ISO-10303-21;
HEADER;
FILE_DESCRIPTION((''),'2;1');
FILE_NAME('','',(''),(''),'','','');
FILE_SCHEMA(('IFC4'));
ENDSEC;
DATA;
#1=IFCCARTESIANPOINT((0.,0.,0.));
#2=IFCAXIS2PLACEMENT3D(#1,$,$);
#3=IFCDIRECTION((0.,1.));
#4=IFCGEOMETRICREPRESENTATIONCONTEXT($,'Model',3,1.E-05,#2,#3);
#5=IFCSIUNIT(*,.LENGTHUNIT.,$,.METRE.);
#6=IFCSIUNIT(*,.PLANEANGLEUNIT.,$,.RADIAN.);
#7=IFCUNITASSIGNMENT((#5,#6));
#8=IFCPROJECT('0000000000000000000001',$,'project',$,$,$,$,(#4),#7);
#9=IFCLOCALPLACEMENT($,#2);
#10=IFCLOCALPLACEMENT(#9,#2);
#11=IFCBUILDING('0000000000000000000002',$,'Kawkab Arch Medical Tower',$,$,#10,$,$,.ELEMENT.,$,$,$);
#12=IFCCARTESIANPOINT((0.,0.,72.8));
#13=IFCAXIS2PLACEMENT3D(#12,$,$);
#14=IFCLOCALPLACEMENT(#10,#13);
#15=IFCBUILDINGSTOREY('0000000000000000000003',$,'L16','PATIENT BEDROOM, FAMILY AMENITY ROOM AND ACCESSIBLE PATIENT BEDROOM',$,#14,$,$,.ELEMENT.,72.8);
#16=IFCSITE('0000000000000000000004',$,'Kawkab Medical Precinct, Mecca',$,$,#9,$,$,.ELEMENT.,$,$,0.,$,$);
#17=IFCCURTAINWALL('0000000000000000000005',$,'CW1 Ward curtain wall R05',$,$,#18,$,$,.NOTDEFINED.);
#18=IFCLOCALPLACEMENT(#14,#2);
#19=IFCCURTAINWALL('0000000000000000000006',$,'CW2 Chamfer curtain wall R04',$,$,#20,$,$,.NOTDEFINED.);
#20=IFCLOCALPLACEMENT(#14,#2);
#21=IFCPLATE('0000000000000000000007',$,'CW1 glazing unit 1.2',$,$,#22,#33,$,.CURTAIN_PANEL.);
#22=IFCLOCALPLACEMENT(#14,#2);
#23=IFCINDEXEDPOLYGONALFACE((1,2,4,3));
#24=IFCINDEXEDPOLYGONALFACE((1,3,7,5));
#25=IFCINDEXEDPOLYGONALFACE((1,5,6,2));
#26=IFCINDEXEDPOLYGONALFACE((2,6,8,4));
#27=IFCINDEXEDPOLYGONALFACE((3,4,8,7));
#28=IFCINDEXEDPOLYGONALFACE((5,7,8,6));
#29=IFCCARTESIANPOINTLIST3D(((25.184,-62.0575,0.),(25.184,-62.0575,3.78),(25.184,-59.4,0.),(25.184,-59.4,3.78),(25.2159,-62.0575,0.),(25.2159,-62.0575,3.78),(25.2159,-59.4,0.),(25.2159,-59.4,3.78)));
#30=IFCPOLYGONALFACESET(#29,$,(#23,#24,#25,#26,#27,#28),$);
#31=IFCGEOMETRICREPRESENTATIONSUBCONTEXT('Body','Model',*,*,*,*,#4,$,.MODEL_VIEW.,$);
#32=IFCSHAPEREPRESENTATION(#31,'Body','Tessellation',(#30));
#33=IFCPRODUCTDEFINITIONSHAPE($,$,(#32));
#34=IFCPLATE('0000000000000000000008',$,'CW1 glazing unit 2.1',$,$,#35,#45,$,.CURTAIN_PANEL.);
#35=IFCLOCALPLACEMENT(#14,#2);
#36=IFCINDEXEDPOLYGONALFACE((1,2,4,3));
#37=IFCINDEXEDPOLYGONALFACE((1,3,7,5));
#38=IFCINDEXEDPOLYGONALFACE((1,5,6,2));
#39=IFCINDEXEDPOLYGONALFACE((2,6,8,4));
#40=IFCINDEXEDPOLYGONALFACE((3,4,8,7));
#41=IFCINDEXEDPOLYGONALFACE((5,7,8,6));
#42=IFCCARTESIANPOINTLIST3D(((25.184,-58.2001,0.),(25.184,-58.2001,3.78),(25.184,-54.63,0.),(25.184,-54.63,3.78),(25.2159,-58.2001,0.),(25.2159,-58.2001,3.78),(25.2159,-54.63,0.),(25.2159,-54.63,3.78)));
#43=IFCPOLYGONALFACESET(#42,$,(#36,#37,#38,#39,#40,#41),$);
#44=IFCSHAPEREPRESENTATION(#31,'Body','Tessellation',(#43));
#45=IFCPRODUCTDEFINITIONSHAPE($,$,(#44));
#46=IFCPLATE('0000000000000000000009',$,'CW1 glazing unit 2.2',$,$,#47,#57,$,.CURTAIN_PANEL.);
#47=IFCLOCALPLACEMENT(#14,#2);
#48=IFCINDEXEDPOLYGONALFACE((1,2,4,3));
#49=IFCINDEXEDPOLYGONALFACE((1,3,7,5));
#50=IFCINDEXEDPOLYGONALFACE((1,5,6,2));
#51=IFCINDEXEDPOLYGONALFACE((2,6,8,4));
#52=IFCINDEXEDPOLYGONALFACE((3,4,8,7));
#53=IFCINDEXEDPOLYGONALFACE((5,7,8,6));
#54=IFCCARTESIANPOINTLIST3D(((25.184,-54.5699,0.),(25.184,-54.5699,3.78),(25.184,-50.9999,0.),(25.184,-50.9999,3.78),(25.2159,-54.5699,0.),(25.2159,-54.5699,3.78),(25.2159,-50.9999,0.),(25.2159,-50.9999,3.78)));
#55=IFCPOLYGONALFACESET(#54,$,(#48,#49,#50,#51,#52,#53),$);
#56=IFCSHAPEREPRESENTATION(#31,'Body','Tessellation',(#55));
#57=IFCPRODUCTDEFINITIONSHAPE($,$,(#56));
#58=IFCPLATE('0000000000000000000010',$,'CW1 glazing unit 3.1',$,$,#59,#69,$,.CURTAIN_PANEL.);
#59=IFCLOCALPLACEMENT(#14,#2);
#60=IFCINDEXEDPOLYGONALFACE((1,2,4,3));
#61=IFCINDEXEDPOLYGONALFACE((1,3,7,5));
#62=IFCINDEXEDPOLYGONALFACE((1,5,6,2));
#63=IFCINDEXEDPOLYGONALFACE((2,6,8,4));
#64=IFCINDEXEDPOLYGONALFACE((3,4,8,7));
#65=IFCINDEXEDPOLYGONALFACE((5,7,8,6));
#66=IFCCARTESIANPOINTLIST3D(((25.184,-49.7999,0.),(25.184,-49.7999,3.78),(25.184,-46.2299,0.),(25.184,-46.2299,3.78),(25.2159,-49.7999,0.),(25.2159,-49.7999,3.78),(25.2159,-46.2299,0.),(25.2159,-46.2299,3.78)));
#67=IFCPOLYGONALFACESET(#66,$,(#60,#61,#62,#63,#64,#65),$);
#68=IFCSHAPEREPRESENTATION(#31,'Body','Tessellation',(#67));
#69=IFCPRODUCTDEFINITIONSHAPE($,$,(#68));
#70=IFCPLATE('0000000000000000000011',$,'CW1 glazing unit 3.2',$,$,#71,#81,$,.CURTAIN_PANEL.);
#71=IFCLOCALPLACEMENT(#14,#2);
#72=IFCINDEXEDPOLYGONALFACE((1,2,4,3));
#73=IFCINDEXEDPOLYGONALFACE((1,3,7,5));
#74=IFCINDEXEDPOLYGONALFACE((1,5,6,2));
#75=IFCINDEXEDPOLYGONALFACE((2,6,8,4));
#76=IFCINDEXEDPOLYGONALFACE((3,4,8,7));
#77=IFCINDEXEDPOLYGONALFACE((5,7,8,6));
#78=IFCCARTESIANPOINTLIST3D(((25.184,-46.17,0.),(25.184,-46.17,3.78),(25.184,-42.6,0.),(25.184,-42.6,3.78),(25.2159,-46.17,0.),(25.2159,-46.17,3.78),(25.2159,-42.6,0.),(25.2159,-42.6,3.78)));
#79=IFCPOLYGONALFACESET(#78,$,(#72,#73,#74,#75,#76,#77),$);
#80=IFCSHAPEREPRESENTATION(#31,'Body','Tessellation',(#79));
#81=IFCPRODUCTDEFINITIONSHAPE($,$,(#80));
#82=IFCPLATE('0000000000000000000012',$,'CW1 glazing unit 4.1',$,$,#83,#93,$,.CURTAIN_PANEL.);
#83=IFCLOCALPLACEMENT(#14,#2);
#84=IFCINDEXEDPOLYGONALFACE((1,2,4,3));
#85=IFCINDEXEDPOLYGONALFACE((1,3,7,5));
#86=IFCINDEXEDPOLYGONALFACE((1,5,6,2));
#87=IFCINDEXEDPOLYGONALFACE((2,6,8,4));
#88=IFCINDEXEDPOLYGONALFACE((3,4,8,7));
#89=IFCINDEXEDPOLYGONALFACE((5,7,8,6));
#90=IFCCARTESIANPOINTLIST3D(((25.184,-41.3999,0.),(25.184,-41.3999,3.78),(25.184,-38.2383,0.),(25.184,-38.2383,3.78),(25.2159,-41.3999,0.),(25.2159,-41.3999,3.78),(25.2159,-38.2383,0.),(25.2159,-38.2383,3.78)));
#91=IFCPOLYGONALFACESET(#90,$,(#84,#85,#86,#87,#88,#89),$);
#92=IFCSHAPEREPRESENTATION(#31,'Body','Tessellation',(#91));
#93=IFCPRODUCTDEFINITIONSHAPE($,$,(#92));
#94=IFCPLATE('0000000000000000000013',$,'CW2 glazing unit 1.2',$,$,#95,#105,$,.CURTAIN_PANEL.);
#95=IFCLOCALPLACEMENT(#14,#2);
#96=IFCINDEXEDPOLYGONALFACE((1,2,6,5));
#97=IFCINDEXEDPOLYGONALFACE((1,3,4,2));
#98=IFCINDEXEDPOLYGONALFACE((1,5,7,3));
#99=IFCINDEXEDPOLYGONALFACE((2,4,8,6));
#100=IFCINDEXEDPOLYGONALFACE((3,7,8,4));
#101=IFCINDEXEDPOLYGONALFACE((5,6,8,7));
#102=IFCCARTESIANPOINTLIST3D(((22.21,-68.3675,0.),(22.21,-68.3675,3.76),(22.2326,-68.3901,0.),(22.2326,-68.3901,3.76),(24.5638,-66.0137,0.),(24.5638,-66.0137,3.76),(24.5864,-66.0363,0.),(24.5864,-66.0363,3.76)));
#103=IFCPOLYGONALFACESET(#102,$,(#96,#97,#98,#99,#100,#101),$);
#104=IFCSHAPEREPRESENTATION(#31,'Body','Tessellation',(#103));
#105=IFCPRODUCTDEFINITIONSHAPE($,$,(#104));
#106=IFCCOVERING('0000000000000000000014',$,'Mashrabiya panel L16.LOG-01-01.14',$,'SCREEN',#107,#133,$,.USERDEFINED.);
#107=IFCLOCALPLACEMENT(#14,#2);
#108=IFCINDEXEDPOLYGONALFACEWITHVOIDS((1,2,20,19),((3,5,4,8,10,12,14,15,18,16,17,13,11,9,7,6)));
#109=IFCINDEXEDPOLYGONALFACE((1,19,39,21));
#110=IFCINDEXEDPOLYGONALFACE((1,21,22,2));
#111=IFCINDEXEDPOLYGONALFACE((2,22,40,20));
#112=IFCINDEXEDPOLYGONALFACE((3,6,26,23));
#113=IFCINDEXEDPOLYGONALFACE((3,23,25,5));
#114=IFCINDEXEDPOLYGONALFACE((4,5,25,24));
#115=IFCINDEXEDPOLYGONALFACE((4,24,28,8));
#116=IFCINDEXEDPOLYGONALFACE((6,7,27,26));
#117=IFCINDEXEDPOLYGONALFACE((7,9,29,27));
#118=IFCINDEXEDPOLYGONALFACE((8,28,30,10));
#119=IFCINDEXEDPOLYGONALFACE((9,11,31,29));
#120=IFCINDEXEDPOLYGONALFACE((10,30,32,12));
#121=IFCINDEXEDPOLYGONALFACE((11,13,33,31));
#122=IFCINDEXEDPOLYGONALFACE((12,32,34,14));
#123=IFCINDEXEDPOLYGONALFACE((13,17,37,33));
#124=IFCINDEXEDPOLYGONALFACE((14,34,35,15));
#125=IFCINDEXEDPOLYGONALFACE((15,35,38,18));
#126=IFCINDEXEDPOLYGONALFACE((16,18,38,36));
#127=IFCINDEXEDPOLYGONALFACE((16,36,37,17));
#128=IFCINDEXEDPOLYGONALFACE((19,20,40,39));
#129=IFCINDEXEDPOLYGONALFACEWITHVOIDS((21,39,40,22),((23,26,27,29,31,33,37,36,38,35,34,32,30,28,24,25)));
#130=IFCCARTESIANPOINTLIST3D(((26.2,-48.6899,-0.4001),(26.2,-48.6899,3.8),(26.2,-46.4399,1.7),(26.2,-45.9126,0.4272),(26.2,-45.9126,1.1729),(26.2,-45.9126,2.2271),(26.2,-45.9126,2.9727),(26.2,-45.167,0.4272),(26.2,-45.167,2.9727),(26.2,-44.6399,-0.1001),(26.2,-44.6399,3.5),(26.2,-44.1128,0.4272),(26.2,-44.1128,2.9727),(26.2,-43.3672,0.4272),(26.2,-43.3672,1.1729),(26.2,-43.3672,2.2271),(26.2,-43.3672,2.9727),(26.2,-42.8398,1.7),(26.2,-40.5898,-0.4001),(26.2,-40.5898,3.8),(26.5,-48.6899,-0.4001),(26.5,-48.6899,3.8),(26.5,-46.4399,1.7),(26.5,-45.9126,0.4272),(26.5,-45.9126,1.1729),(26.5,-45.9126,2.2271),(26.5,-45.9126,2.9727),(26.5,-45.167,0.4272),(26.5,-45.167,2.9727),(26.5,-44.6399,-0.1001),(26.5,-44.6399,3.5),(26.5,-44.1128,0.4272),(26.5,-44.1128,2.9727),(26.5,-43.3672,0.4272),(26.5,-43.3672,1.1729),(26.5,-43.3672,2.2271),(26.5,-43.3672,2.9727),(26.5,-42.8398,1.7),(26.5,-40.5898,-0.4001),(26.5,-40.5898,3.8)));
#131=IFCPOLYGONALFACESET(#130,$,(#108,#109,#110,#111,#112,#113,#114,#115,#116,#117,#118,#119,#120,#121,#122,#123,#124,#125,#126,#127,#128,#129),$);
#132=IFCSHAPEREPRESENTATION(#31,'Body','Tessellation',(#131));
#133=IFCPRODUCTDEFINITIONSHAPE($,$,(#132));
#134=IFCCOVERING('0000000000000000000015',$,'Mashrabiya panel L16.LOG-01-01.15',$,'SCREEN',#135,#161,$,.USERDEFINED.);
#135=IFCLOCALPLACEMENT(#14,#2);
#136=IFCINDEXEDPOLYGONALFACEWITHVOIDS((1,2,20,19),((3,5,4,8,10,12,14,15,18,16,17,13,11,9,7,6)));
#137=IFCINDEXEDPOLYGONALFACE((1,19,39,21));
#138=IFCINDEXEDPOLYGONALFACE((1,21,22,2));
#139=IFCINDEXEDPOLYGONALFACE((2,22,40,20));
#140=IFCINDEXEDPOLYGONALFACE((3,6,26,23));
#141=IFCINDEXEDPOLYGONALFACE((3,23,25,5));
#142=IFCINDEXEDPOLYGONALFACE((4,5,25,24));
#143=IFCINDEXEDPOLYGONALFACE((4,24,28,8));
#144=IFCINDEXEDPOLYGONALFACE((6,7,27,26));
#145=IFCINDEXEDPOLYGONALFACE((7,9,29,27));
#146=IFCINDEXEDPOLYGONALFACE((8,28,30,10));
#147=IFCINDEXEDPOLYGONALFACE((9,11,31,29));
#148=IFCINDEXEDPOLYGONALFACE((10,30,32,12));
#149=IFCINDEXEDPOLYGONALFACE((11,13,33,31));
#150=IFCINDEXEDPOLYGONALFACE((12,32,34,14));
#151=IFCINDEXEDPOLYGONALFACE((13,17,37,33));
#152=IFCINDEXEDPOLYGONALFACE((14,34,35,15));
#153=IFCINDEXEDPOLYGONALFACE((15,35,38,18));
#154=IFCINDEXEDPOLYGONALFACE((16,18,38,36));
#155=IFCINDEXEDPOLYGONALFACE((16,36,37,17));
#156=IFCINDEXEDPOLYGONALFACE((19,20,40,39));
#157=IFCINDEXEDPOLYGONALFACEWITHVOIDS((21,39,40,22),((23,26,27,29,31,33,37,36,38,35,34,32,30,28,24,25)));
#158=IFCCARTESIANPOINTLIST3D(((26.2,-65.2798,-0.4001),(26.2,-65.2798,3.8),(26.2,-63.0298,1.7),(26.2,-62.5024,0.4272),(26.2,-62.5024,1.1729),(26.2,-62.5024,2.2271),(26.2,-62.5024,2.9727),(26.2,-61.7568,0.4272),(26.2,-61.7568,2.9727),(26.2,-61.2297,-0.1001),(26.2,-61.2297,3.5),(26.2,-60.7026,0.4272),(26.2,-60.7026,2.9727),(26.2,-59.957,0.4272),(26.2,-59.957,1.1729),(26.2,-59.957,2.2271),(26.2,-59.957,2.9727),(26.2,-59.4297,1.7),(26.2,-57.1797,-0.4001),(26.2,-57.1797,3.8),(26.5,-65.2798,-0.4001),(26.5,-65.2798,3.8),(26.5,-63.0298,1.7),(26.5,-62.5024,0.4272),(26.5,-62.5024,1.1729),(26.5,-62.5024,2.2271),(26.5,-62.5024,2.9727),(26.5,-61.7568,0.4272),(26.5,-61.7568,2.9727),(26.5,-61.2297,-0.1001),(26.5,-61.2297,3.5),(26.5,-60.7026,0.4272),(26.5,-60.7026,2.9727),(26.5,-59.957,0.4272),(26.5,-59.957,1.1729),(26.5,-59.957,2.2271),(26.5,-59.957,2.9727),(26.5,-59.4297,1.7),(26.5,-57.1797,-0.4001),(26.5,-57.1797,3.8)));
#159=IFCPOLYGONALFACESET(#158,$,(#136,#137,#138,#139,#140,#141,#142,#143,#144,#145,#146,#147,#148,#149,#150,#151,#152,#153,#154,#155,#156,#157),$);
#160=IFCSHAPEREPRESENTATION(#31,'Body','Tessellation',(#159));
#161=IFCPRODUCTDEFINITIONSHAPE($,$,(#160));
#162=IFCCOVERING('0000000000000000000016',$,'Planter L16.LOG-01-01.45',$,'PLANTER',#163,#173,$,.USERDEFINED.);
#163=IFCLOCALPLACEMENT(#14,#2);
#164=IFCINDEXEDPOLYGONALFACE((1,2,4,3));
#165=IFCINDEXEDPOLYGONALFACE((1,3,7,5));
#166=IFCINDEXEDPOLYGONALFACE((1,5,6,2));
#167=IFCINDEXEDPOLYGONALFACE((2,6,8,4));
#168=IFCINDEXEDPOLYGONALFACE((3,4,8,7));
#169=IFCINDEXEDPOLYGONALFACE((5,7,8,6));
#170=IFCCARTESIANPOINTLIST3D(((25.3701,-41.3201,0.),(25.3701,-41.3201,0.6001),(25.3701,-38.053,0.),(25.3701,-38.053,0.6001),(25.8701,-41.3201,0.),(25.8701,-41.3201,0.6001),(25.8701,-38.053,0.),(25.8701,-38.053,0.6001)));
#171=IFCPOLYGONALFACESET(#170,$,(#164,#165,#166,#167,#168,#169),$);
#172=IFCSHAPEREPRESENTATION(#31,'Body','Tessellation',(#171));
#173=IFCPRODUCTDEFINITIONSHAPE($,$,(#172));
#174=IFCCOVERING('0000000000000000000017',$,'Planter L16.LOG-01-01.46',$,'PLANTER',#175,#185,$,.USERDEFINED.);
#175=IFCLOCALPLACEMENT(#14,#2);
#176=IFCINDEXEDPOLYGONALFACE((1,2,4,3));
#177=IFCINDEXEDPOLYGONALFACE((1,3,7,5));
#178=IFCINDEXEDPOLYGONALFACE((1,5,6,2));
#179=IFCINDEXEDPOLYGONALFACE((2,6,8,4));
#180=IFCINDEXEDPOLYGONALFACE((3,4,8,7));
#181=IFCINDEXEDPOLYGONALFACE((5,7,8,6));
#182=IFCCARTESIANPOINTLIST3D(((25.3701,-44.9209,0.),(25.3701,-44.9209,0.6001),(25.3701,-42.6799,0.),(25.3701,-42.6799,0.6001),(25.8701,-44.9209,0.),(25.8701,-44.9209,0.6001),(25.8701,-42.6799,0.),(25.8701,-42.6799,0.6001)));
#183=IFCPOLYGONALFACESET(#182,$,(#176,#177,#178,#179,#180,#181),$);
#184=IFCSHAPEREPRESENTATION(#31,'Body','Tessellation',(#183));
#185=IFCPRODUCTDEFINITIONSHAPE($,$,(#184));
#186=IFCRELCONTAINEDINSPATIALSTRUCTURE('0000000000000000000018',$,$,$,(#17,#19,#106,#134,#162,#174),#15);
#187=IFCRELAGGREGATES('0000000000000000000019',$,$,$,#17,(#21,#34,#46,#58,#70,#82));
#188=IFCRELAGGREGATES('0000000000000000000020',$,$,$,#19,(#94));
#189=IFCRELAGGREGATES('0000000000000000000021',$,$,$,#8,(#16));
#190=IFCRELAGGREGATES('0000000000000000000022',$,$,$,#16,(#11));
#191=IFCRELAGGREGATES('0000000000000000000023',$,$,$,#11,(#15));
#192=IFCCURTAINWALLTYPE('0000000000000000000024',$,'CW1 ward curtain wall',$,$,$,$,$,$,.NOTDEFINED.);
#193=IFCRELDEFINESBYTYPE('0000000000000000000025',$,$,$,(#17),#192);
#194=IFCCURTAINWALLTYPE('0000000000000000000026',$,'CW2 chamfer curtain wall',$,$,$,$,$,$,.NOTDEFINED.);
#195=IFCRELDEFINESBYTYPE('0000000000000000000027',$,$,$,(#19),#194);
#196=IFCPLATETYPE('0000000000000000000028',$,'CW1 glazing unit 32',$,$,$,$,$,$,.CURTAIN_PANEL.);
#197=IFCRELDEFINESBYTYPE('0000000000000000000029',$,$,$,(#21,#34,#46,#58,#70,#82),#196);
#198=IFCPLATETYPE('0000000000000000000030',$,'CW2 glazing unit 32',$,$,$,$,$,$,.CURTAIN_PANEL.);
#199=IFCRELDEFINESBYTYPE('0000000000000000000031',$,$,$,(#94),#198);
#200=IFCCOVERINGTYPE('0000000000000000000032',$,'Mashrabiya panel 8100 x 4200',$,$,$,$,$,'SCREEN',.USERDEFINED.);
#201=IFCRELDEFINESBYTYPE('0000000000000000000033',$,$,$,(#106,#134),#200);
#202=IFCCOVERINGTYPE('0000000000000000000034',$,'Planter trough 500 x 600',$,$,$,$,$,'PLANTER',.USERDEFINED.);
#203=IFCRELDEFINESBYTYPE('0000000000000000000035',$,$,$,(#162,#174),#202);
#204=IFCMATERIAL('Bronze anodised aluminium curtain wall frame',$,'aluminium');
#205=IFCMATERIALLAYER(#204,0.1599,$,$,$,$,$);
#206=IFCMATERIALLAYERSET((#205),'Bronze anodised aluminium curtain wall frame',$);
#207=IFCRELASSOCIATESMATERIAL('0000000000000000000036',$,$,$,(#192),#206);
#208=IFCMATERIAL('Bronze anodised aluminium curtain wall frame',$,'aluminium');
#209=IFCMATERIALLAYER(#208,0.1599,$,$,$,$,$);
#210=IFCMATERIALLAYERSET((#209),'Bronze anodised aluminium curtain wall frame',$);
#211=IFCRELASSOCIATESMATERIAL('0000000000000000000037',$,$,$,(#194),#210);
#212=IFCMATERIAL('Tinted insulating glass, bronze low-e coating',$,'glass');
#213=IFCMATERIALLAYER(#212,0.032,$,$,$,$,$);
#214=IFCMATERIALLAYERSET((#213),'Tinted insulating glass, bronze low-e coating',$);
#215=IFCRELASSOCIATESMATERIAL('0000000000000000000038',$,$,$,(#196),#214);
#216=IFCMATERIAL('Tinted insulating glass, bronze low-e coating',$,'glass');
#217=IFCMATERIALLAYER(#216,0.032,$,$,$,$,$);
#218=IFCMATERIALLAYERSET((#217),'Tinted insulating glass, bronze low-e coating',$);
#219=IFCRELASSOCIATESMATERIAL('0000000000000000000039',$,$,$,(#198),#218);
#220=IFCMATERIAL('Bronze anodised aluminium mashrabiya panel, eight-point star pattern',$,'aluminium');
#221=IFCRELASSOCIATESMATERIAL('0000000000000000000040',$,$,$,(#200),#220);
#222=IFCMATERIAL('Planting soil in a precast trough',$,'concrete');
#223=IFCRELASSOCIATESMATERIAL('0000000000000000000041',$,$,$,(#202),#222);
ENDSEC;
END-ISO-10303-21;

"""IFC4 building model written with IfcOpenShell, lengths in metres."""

from ifc_helpers import new_model, si_unit, direction, frame, origin, origin_2d, place, context, subcontext, project, spatial, polyline, rectangle, outline, extrude, material, layer, layer_set, material_profile, profile_set, type_object, element, aggregate, save


model = new_model("IFC4")

# Units and contexts
model_context = context("Model", 3, precision=1e-05, world=origin(), true_north=direction((0.0, 1.0)))
body_context = subcontext(model_context, "Body", "Model", "MODEL_VIEW")
ifc_project = project(units=[si_unit("LENGTHUNIT", "METRE"), si_unit("PLANEANGLEUNIT", "RADIAN")], contexts=[model_context])

# Site, building, storey
site_placement = place(None, origin())
site = spatial("IfcSite", under=ifc_project, at=site_placement, Name="Kawkab Medical Precinct, Mecca", CompositionType="ELEMENT", RefElevation=0.0)
building_placement = place(site_placement, origin())
building = spatial("IfcBuilding", under=site, at=building_placement, Name="Kawkab Arch Medical Tower", CompositionType="ELEMENT")
storey_placement = place(building_placement, frame((0.0, 0.0, 72.8)))
storey = spatial("IfcBuildingStorey", under=building, at=storey_placement, Name="L16", Description="PATIENT BEDROOM, FAMILY AMENITY ROOM AND ACCESSIBLE PATIENT BEDROOM", CompositionType="ELEMENT", Elevation=72.8)

# Curtain wall
ifc_material_1 = material(Name="Bronze anodised aluminium curtain wall frame", Category="aluminium")
ifc_layer_1 = layer(ifc_material_1, 0.1599)
ifc_layer_set_1 = layer_set([ifc_layer_1], Name="Bronze anodised aluminium curtain wall frame")
curtain_wall_type_1 = type_object("IfcCurtainWallType", Name="CW1 ward curtain wall", PredefinedType="NOTDEFINED", material=ifc_layer_set_1)
placement = place(storey_placement, origin())
curtain_wall_1 = element("IfcCurtainWall", 1, at=placement, inside=storey, type_object=curtain_wall_type_1, Name="CW1 Ward curtain wall R05", PredefinedType="NOTDEFINED")

# Curtain wall
ifc_material_2 = material(Name="Bronze anodised aluminium curtain wall frame", Category="aluminium")
ifc_layer_2 = layer(ifc_material_2, 0.1599)
ifc_layer_set_2 = layer_set([ifc_layer_2], Name="Bronze anodised aluminium curtain wall frame")
curtain_wall_type_2 = type_object("IfcCurtainWallType", Name="CW2 chamfer curtain wall", PredefinedType="NOTDEFINED", material=ifc_layer_set_2)
curtain_wall_2 = element("IfcCurtainWall", 2, at=placement, inside=storey, type_object=curtain_wall_type_2, Name="CW2 Chamfer curtain wall R04", PredefinedType="NOTDEFINED")

# Plates
ifc_material_3 = material(Name="Tinted insulating glass, bronze low-e coating", Category="glass")
ifc_layer_3 = layer(ifc_material_3, 0.032)
ifc_layer_set_3 = layer_set([ifc_layer_3], Name="Tinted insulating glass, bronze low-e coating")
plate_type_1 = type_object("IfcPlateType", Name="CW1 glazing unit 32", PredefinedType="CURTAIN_PANEL", material=ifc_layer_set_3)
plate_1_placement = place(storey_placement, frame((25.2, -60.7288, 0.0), z_axis=(0.0, 0.0, 1.0), x_axis=(0.0, 1.0, 0.0)))
plate_1 = element("IfcPlate", 3, at=plate_1_placement, type_object=plate_type_1, Name="CW1 glazing unit 1.2", PredefinedType="CURTAIN_PANEL", context=body_context, shape_type="SweptSolid", body=[
    extrude(rectangle(XDim=2.6575, YDim=0.032, at=origin_2d()), origin(), (0.0, 0.0, 1.0), 3.78),
])
plate_2_placement = place(storey_placement, frame((25.2, -56.415, 0.0), z_axis=(0.0, 0.0, 1.0), x_axis=(0.0, 1.0, 0.0)))
plate_2 = element("IfcPlate", 4, at=plate_2_placement, type_object=plate_type_1, Name="CW1 glazing unit 2.1", PredefinedType="CURTAIN_PANEL", context=body_context, shape_type="SweptSolid", body=[
    extrude(rectangle(XDim=3.5701, YDim=0.032, at=origin_2d()), origin(), (0.0, 0.0, 1.0), 3.78),
])
plate_3_placement = place(storey_placement, frame((25.2, -52.7849, 0.0), z_axis=(0.0, 0.0, 1.0), x_axis=(0.0, 1.0, 0.0)))
plate_3 = element("IfcPlate", 5, at=plate_3_placement, type_object=plate_type_1, Name="CW1 glazing unit 2.2", PredefinedType="CURTAIN_PANEL", context=body_context, shape_type="SweptSolid", body=[
    extrude(rectangle(XDim=3.5701, YDim=0.032, at=origin_2d()), origin(), (0.0, 0.0, 1.0), 3.78),
])
plate_4_placement = place(storey_placement, frame((25.2, -48.0149, 0.0), z_axis=(0.0, 0.0, 1.0), x_axis=(0.0, 1.0, 0.0)))
plate_4 = element("IfcPlate", 6, at=plate_4_placement, type_object=plate_type_1, Name="CW1 glazing unit 3.1", PredefinedType="CURTAIN_PANEL", context=body_context, shape_type="SweptSolid", body=[
    extrude(rectangle(XDim=3.5701, YDim=0.032, at=origin_2d()), origin(), (0.0, 0.0, 1.0), 3.78),
])
plate_5_placement = place(storey_placement, frame((25.2, -44.385, 0.0), z_axis=(0.0, 0.0, 1.0), x_axis=(0.0, 1.0, 0.0)))
plate_5 = element("IfcPlate", 7, at=plate_5_placement, type_object=plate_type_1, Name="CW1 glazing unit 3.2", PredefinedType="CURTAIN_PANEL", context=body_context, shape_type="SweptSolid", body=[
    extrude(rectangle(XDim=3.5701, YDim=0.032, at=origin_2d()), origin(), (0.0, 0.0, 1.0), 3.78),
])
plate_6_placement = place(storey_placement, frame((25.2, -39.8191, 0.0), z_axis=(0.0, 0.0, 1.0), x_axis=(0.0, 1.0, 0.0)))
plate_6 = element("IfcPlate", 8, at=plate_6_placement, type_object=plate_type_1, Name="CW1 glazing unit 4.1", PredefinedType="CURTAIN_PANEL", context=body_context, shape_type="SweptSolid", body=[
    extrude(rectangle(XDim=3.1616, YDim=0.032, at=origin_2d()), origin(), (0.0, 0.0, 1.0), 3.78),
])
aggregate(curtain_wall_1, [plate_1, plate_2, plate_3, plate_4, plate_5, plate_6])
ifc_material_4 = material(Name="Tinted insulating glass, bronze low-e coating", Category="glass")
ifc_layer_4 = layer(ifc_material_4, 0.032)
ifc_layer_set_4 = layer_set([ifc_layer_4], Name="Tinted insulating glass, bronze low-e coating")
plate_type_2 = type_object("IfcPlateType", Name="CW2 glazing unit 32", PredefinedType="CURTAIN_PANEL", material=ifc_layer_set_4)
plate_7_placement = place(storey_placement, frame((23.3982, -67.2019, 0.0), z_axis=(0.0, 0.0, 1.0), x_axis=(0.707107, 0.707107, 0.0)))
plate_7 = element("IfcPlate", 9, at=plate_7_placement, type_object=plate_type_2, Name="CW2 glazing unit 1.2", PredefinedType="CURTAIN_PANEL", context=body_context, shape_type="SweptSolid", body=[
    extrude(rectangle(XDim=3.3289, YDim=0.032, at=origin_2d()), origin(), (0.0, 0.0, 1.0), 3.76),
])
aggregate(curtain_wall_2, [plate_7])

# Coverings
ifc_material_5 = material(Name="Bronze anodised aluminium mashrabiya panel, eight-point star pattern", Category="aluminium")
ifc_material_profile_1 = material_profile(ifc_material_5, outline(polyline([(-4.05, -2.1001), (4.05, -2.1001), (4.05, 2.1001), (-4.05, 2.1001), (-4.05, -2.1001)]), holes=[polyline([(1.8, 0.0), (1.2727, 0.5271), (1.2727, 1.2727), (0.5271, 1.2727), (0.0, 1.8), (-0.5271, 1.2727), (-1.2727, 1.2727), (-1.2727, 0.5271), (-1.8, 0.0), (-1.2727, -0.5271), (-1.2727, -1.2727), (-0.5271, -1.2727), (0.0, -1.8), (0.5271, -1.2727), (1.2727, -1.2727), (1.2727, -0.5271), (1.8, 0.0)])]), Name="Mashrabiya panel 8100x4200")
ifc_profile_set_1 = profile_set([ifc_material_profile_1], Name="Bronze anodised aluminium mashrabiya panel, eight-point star pattern")
covering_type_1 = type_object("IfcCoveringType", Name="Mashrabiya panel 8100 x 4200", ElementType="SCREEN", PredefinedType="USERDEFINED", material=ifc_profile_set_1)
for number, where, z_axis, x_axis, name in (
    (10, (26.2, -44.6399, 1.7), (1.0, 0.0, 0.0), (0.0, 1.0, 0.0), "Mashrabiya panel L16.LOG-01-01.14"),
    (11, (26.2, -61.2297, 1.7), (1.0, 0.0, 0.0), (0.0, 1.0, 0.0), "Mashrabiya panel L16.LOG-01-01.15"),
):
    element("IfcCovering", number, at=place(storey_placement, frame(where, z_axis=z_axis, x_axis=x_axis)), inside=storey, type_object=covering_type_1, Name=name, ObjectType="SCREEN", PredefinedType="USERDEFINED", context=body_context, shape_type="SweptSolid", body=[
        extrude(outline(polyline([(-4.05, -2.1001), (4.05, -2.1001), (4.05, 2.1001), (-4.05, 2.1001), (-4.05, -2.1001)]), holes=[polyline([(1.8, 0.0), (1.2727, 0.5271), (1.2727, 1.2727), (0.5271, 1.2727), (0.0, 1.8), (-0.5271, 1.2727), (-1.2727, 1.2727), (-1.2727, 0.5271), (-1.8, 0.0), (-1.2727, -0.5271), (-1.2727, -1.2727), (-0.5271, -1.2727), (0.0, -1.8), (0.5271, -1.2727), (1.2727, -1.2727), (1.2727, -0.5271), (1.8, 0.0)])]), origin(), (0.0, 0.0, 1.0), 0.3),
    ])
ifc_material_6 = material(Name="Planting soil in a precast trough", Category="concrete")
ifc_material_profile_2 = material_profile(ifc_material_6, rectangle(XDim=0.5, YDim=0.6001, at=origin_2d()), Name="Trough 500x600")
ifc_profile_set_2 = profile_set([ifc_material_profile_2], Name="Planting soil in a precast trough")
covering_type_2 = type_object("IfcCoveringType", Name="Planter trough 500 x 600", ElementType="PLANTER", PredefinedType="USERDEFINED", material=ifc_profile_set_2)
covering_1_placement = place(storey_placement, frame((25.6201, -38.053, 0.3), z_axis=(0.0, -1.0, 0.0), x_axis=(1.0, 0.0, 0.0)))
element("IfcCovering", 12, at=covering_1_placement, inside=storey, type_object=covering_type_2, Name="Planter L16.LOG-01-01.45", ObjectType="PLANTER", PredefinedType="USERDEFINED", context=body_context, shape_type="SweptSolid", body=[
    extrude(rectangle(XDim=0.5, YDim=0.6001, at=origin_2d()), origin(), (0.0, 0.0, 1.0), 3.2671),
])
covering_2_placement = place(storey_placement, frame((25.6201, -42.6799, 0.3), z_axis=(0.0, -1.0, 0.0), x_axis=(1.0, 0.0, 0.0)))
element("IfcCovering", 13, at=covering_2_placement, inside=storey, type_object=covering_type_2, Name="Planter L16.LOG-01-01.46", ObjectType="PLANTER", PredefinedType="USERDEFINED", context=body_context, shape_type="SweptSolid", body=[
    extrude(rectangle(XDim=0.5, YDim=0.6001, at=origin_2d()), origin(), (0.0, 0.0, 1.0), 2.241),
])

save(model, "model.ifc")
